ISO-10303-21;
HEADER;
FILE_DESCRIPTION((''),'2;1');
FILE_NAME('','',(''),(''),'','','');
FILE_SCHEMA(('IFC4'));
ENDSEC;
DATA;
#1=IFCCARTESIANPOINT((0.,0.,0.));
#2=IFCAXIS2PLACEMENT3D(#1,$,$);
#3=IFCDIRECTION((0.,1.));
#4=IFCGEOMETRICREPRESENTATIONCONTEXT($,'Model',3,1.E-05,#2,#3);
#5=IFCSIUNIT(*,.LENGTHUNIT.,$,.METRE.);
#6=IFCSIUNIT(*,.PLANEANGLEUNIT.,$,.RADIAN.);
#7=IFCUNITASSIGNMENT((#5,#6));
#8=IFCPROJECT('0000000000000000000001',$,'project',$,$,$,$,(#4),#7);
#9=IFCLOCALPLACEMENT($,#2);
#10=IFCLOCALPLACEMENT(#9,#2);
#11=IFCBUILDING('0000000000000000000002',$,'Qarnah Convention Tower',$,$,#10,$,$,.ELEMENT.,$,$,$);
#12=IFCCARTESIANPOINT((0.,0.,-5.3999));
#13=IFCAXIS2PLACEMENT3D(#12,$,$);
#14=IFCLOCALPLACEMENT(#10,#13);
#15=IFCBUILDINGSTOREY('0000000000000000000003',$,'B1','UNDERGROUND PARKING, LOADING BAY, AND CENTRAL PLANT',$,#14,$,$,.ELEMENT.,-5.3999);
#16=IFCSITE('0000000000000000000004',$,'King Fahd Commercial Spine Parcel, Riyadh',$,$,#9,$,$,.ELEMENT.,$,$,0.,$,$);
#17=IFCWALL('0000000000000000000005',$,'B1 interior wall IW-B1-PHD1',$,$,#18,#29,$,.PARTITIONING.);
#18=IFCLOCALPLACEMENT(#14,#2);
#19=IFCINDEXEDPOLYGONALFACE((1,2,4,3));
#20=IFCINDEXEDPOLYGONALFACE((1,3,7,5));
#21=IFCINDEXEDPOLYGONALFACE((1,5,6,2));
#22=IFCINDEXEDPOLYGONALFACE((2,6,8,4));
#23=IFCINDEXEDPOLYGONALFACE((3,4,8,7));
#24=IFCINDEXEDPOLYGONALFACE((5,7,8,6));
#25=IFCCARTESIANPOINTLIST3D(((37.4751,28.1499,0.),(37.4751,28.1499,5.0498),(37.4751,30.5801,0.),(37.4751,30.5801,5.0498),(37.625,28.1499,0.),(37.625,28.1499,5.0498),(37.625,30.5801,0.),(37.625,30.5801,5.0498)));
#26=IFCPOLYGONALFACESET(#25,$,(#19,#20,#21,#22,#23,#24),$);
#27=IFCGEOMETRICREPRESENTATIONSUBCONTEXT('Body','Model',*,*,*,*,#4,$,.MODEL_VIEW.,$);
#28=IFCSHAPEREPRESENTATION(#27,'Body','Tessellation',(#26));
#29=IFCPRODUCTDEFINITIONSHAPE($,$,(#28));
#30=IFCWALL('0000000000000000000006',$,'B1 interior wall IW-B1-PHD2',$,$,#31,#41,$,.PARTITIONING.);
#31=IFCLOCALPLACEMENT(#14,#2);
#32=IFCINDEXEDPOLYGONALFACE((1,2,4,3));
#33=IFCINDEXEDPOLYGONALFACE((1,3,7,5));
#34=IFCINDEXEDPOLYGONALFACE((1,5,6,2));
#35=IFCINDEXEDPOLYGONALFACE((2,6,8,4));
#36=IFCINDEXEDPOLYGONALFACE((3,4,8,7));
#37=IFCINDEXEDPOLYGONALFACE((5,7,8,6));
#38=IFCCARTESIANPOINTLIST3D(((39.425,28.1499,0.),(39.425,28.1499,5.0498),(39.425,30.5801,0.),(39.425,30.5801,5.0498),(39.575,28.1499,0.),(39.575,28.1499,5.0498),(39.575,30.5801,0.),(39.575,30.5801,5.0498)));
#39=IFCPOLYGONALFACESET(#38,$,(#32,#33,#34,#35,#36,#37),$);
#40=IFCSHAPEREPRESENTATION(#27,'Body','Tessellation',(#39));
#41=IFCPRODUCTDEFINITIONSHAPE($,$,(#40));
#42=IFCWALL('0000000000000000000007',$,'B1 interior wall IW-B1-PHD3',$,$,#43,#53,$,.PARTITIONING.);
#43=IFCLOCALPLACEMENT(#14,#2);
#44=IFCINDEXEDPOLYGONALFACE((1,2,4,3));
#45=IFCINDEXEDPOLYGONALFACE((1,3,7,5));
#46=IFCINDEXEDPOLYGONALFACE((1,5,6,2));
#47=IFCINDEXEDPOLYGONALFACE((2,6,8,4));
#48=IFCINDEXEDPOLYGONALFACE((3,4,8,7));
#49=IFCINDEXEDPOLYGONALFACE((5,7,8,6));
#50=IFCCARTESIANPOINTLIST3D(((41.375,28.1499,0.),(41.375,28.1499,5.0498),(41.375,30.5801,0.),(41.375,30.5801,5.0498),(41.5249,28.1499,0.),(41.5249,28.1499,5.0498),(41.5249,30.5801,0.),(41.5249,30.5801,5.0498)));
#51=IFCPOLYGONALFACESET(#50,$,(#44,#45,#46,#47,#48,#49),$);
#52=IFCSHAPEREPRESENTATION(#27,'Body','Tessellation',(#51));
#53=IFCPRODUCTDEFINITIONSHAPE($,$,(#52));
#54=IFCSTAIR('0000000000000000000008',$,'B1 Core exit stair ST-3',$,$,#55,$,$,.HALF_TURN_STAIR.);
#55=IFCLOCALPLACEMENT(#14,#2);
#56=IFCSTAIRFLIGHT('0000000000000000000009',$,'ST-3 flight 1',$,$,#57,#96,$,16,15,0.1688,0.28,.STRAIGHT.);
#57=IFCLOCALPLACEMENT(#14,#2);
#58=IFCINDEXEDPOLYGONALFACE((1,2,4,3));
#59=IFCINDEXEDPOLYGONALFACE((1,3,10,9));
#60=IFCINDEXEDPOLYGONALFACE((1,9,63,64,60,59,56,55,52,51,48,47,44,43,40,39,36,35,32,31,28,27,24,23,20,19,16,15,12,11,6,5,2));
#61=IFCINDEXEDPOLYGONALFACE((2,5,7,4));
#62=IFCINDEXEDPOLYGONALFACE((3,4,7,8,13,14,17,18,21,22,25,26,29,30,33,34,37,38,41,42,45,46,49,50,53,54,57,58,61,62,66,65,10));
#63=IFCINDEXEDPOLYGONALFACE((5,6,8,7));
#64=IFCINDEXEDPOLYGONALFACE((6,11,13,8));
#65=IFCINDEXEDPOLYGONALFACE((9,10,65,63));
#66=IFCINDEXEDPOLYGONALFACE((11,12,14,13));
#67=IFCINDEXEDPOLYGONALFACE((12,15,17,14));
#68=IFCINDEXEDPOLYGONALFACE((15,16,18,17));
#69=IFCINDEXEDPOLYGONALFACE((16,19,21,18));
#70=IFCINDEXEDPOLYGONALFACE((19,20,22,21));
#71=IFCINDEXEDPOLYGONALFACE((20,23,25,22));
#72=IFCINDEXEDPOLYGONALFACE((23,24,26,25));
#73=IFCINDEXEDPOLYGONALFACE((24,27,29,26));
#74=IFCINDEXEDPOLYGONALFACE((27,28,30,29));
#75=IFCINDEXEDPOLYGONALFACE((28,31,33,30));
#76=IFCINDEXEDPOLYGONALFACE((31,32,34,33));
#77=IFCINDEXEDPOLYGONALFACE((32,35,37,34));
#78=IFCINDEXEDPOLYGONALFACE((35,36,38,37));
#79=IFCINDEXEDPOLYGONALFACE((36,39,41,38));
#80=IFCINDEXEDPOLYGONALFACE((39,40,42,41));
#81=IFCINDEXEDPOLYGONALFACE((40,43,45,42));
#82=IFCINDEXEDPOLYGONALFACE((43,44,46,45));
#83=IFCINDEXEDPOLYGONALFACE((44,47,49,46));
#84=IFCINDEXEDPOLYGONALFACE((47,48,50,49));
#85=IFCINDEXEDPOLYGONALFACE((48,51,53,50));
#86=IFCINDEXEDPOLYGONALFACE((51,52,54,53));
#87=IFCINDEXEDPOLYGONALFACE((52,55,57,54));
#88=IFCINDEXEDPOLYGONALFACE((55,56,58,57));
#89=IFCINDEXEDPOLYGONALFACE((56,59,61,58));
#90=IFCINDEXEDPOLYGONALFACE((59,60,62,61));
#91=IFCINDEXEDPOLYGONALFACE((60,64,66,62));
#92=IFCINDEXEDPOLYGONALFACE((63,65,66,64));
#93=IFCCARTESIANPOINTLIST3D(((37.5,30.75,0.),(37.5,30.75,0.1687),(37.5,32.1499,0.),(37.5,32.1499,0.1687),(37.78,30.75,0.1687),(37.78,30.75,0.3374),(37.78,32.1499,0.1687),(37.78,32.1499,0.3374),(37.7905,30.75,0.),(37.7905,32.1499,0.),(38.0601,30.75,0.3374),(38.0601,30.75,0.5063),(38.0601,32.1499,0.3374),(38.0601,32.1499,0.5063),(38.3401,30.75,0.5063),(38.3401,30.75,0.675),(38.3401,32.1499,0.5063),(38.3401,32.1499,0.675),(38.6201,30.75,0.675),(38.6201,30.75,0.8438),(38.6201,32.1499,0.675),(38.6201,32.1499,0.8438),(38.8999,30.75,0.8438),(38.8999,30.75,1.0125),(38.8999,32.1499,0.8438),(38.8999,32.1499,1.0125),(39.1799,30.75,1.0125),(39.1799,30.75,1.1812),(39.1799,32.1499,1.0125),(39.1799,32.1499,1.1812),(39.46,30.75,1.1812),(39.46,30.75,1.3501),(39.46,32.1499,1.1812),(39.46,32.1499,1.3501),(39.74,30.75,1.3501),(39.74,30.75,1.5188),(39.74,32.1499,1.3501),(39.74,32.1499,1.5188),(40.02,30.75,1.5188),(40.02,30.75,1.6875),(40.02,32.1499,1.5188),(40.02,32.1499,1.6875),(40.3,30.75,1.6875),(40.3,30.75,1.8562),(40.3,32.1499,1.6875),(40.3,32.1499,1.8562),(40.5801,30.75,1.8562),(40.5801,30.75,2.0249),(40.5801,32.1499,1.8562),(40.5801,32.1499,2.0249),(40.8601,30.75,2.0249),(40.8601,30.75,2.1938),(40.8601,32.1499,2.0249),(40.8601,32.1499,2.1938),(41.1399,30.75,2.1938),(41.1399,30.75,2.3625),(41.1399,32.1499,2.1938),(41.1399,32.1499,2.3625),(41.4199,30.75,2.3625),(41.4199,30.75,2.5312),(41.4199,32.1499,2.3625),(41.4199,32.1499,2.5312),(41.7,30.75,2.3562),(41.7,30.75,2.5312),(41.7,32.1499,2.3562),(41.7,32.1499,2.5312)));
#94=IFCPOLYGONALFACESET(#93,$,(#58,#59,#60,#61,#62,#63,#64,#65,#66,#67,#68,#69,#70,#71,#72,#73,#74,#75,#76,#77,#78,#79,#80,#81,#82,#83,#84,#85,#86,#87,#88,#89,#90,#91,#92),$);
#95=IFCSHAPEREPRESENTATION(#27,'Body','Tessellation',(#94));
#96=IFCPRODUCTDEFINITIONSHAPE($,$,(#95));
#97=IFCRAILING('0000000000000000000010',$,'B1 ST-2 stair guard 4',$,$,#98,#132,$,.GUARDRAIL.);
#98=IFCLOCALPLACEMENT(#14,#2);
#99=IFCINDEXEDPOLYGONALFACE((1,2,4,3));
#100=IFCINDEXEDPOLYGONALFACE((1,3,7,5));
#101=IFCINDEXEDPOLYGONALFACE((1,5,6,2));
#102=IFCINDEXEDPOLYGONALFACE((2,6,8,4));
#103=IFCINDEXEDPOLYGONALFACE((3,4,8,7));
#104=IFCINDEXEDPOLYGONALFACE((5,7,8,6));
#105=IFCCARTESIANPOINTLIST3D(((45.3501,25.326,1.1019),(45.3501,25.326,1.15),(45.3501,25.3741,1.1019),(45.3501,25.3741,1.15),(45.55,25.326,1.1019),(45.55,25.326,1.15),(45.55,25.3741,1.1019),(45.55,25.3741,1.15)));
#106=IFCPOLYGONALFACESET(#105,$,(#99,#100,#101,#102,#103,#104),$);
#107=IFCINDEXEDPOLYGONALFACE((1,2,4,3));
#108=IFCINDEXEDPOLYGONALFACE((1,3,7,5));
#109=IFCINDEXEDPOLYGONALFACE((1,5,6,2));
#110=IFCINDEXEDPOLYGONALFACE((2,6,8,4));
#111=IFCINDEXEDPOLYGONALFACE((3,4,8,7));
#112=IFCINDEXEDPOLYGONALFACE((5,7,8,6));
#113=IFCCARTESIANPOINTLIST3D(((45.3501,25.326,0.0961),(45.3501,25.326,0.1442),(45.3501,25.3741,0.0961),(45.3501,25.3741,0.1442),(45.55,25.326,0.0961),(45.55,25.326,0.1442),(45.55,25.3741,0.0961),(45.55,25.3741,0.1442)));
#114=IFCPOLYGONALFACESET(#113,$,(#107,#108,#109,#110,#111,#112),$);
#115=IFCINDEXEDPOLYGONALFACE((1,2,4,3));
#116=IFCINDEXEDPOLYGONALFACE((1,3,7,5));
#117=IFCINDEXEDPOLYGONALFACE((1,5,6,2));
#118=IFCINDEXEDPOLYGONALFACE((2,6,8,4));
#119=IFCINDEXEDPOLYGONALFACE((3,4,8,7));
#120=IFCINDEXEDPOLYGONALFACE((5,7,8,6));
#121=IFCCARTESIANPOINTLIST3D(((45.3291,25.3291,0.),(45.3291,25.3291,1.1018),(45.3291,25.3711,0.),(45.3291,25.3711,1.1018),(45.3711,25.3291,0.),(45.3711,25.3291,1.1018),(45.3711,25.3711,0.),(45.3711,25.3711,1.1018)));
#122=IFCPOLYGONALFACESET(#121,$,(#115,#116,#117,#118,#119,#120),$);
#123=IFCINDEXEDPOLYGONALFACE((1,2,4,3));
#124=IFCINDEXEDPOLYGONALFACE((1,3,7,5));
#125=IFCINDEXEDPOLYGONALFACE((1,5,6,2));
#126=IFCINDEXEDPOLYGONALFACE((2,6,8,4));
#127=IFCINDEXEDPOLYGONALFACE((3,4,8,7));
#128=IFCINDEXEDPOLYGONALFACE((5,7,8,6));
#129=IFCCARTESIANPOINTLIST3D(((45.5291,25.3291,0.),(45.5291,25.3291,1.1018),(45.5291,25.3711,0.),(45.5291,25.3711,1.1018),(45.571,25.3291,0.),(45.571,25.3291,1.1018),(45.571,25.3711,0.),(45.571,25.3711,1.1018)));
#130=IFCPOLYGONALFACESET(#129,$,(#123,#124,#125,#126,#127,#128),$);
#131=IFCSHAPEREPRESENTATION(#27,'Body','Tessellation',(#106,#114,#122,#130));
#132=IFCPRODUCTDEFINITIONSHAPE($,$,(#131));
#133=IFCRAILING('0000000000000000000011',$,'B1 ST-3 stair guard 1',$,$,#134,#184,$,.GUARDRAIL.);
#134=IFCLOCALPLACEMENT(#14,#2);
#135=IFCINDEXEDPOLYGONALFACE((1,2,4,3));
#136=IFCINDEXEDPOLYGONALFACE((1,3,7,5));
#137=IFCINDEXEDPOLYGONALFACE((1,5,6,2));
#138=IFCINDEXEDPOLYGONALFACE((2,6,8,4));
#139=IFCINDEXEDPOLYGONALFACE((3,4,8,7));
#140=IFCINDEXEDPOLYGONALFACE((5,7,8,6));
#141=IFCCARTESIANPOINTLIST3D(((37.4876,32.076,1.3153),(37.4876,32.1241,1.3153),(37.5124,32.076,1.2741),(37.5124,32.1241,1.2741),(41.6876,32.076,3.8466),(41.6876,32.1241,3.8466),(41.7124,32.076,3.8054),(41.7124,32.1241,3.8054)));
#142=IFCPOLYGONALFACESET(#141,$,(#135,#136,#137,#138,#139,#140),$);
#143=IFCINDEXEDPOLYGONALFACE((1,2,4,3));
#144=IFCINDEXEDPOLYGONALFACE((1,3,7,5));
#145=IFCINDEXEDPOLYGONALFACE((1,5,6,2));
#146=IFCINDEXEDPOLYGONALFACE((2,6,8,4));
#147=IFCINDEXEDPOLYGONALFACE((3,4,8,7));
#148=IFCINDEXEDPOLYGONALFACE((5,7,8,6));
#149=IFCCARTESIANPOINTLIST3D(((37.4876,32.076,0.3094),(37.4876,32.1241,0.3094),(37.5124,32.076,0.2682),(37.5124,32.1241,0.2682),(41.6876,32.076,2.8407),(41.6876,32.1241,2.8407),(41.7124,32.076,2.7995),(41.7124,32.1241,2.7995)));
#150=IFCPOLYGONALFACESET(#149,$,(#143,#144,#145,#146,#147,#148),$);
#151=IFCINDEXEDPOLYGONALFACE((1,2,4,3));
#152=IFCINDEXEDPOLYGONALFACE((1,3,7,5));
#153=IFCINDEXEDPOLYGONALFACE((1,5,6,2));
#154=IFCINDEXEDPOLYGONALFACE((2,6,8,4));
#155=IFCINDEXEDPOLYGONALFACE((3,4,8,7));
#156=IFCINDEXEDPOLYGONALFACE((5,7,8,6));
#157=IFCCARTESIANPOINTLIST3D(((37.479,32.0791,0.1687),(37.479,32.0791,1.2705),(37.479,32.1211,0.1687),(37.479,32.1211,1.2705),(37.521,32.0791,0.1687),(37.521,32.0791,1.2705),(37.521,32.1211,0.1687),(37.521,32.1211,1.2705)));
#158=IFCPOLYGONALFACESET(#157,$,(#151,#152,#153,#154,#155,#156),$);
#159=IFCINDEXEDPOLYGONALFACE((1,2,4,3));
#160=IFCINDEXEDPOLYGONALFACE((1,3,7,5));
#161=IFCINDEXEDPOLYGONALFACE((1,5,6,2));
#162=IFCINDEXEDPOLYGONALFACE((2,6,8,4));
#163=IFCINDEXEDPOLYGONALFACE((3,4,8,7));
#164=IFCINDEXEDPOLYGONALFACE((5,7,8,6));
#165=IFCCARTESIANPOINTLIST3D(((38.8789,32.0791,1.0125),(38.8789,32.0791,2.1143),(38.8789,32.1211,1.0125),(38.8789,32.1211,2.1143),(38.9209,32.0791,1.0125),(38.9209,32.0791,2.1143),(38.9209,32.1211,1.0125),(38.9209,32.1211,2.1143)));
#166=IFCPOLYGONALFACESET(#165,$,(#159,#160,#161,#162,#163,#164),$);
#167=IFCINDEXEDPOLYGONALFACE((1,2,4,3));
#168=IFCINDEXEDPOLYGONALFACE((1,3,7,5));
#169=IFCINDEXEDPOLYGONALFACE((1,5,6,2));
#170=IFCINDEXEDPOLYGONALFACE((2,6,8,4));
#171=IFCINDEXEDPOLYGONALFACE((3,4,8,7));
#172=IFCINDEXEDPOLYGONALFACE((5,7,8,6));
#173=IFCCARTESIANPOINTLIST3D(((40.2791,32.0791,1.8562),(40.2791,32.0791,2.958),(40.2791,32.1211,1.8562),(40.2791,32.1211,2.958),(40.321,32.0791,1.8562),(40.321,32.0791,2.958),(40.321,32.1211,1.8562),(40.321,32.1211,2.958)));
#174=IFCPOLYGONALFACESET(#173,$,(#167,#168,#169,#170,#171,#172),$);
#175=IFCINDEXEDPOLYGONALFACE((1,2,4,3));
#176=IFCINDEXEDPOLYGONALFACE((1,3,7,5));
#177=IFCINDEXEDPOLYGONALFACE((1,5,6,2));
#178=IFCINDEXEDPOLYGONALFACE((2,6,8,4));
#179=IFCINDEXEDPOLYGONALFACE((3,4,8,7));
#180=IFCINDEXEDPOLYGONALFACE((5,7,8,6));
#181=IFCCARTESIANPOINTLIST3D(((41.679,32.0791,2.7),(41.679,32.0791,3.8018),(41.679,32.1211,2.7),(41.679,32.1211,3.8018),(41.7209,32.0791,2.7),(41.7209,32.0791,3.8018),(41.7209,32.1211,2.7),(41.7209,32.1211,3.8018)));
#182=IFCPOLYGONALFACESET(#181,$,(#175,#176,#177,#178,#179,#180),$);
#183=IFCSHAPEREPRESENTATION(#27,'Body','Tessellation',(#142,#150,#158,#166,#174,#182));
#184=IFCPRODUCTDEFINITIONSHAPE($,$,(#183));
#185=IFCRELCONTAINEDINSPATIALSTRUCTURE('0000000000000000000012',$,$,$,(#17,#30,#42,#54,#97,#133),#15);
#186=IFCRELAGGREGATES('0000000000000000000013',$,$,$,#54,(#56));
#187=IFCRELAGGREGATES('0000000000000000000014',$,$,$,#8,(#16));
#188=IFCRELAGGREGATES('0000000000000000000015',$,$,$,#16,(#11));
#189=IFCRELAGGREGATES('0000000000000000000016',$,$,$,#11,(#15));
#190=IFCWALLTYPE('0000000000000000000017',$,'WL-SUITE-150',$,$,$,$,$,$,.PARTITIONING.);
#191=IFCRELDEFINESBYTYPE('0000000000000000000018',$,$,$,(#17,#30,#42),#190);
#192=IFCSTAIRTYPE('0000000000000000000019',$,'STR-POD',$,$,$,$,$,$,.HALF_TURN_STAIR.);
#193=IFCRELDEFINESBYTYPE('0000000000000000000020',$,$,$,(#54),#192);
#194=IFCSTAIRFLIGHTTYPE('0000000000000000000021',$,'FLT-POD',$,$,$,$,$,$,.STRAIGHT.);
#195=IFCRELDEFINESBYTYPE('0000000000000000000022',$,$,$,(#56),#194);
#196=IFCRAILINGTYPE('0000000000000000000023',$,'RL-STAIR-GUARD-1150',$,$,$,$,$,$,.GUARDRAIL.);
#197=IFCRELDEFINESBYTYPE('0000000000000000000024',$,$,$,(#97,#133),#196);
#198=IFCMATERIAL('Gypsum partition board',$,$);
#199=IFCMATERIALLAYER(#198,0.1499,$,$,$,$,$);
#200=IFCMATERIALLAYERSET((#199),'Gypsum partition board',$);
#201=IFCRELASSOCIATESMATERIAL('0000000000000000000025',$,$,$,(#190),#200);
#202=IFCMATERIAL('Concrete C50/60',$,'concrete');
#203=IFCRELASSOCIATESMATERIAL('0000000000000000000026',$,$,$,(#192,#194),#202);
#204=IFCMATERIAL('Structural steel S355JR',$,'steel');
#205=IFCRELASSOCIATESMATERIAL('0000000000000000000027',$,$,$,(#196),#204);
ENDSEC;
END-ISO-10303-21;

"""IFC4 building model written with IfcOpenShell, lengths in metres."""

from ifc_helpers import new_model, si_unit, direction, frame, frame_2d, origin, origin_2d, place, context, subcontext, project, spatial, polyline, rectangle, outline, extrude, material, layer, layer_set, type_object, element, aggregate, save


model = new_model("IFC4")

# Units and contexts
model_context = context("Model", 3, precision=1e-05, world=origin(), true_north=direction((0.0, 1.0)))
body_context = subcontext(model_context, "Body", "Model", "MODEL_VIEW")
ifc_project = project(units=[si_unit("LENGTHUNIT", "METRE"), si_unit("PLANEANGLEUNIT", "RADIAN")], contexts=[model_context])

# Site, building, storey
site_placement = place(None, origin())
site = spatial("IfcSite", under=ifc_project, at=site_placement, Name="King Fahd Commercial Spine Parcel, Riyadh", CompositionType="ELEMENT", RefElevation=0.0)
building_placement = place(site_placement, origin())
building = spatial("IfcBuilding", under=site, at=building_placement, Name="Qarnah Convention Tower", CompositionType="ELEMENT")
storey_placement = place(building_placement, frame((0.0, 0.0, -5.3999)))
storey = spatial("IfcBuildingStorey", under=building, at=storey_placement, Name="B1", Description="UNDERGROUND PARKING, LOADING BAY, AND CENTRAL PLANT", CompositionType="ELEMENT", Elevation=-5.3999)

# Shared definitions
ifc_material_1 = material(Name="Concrete C50/60", Category="concrete")

# Shared definitions
ifc_material_2 = material(Name="Structural steel S355JR", Category="steel")

# Walls
ifc_material_3 = material(Name="Gypsum partition board")
ifc_layer_1 = layer(ifc_material_3, 0.1499)
ifc_layer_set_1 = layer_set([ifc_layer_1], Name="Gypsum partition board")
wall_type_1 = type_object("IfcWallType", Name="WL-SUITE-150", PredefinedType="PARTITIONING", material=ifc_layer_set_1)
for number, where, z_axis, x_axis, name in (
    (1, (37.55, 28.1499, 0.0), (0.0, 0.0, 1.0), (0.0, 1.0, 0.0), "B1 interior wall IW-B1-PHD1"),
    (2, (39.5, 28.1499, 0.0), (0.0, 0.0, 1.0), (0.0, 1.0, 0.0), "B1 interior wall IW-B1-PHD2"),
    (3, (41.45, 28.1499, 0.0), (0.0, 0.0, 1.0), (0.0, 1.0, 0.0), "B1 interior wall IW-B1-PHD3"),
):
    element("IfcWall", number, at=place(storey_placement, frame(where, z_axis=z_axis, x_axis=x_axis)), inside=storey, type_object=wall_type_1, Name=name, PredefinedType="PARTITIONING", context=body_context, shape_type="SweptSolid", body=[
        extrude(rectangle(XDim=2.4302, YDim=0.1499, at=frame_2d((1.2151, 0.0))), origin(), (0.0, 0.0, 1.0), 5.0498),
    ])

# Stair, stair flight
stair_type = type_object("IfcStairType", Name="STR-POD", PredefinedType="HALF_TURN_STAIR", material=ifc_material_1)
stair_placement = place(storey_placement, origin())
stair = element("IfcStair", 4, at=stair_placement, inside=storey, type_object=stair_type, Name="B1 Core exit stair ST-3", PredefinedType="HALF_TURN_STAIR")
stair_flight_type = type_object("IfcStairFlightType", Name="FLT-POD", PredefinedType="STRAIGHT", material=ifc_material_1)
stair_flight_placement = place(storey_placement, frame((37.5, 31.45, 0.0), z_axis=(0.0, 0.0, 1.0), x_axis=(1.0, 0.0, 0.0)))
stair_flight = element("IfcStairFlight", 5, at=stair_flight_placement, type_object=stair_flight_type, Name="ST-3 flight 1", NumberOfRisers=16, NumberOfTreads=15, PredefinedType="STRAIGHT", RiserHeight=0.1688, TreadLength=0.28, context=body_context, shape_type="SweptSolid", body=[
    extrude(outline(polyline([(0.0, 0.0), (0.0, 0.1687), (0.28, 0.1687), (0.28, 0.3374), (0.5601, 0.3374), (0.5601, 0.5063), (0.8401, 0.5063), (0.8401, 0.675), (1.1201, 0.675), (1.1201, 0.8438), (1.3999, 0.8438), (1.3999, 1.0125), (1.6799, 1.0125), (1.6799, 1.1812), (1.96, 1.1812), (1.96, 1.3501), (2.24, 1.3501), (2.24, 1.5188), (2.52, 1.5188), (2.52, 1.6875), (2.8, 1.6875), (2.8, 1.8562), (3.0801, 1.8562), (3.0801, 2.0249), (3.3601, 2.0249), (3.3601, 2.1938), (3.6399, 2.1938), (3.6399, 2.3625), (3.9199, 2.3625), (3.9199, 2.5312), (4.2, 2.5312), (4.2, 2.7), (4.2, 2.3562), (0.2905, 0.0), (0.0, 0.0)])), frame((0.0, 0.7, 0.0), z_axis=(0.0, -1.0, 0.0), x_axis=(1.0, 0.0, 0.0)), (0.0, 0.0, 1.0), 1.3999),
])
aggregate(stair, [stair_flight])

# Railings
railing_type_1 = type_object("IfcRailingType", Name="RL-STAIR-GUARD-1150", PredefinedType="GUARDRAIL", material=ifc_material_2)
railing_1_placement = place(storey_placement, frame((45.3501, 25.3501, 0.0)))
element("IfcRailing", 6, at=railing_1_placement, inside=storey, type_object=railing_type_1, Name="B1 ST-2 stair guard 4", PredefinedType="GUARDRAIL", context=body_context, shape_type="SweptSolid", body=[
    extrude(rectangle(XDim=0.0481, YDim=0.0481, at=origin_2d()), frame((0.0, 0.0, 1.126), z_axis=(1.0, 0.0, 0.0), x_axis=(0.0, 1.0, 0.0)), (0.0, 0.0, 1.0), 0.2),
    extrude(rectangle(XDim=0.0481, YDim=0.0481, at=origin_2d()), frame((0.0, 0.0, 0.1201), z_axis=(1.0, 0.0, 0.0), x_axis=(0.0, 1.0, 0.0)), (0.0, 0.0, 1.0), 0.2),
    extrude(rectangle(XDim=0.042, YDim=0.042, at=origin_2d()), origin(), (0.0, 0.0, 1.0), 1.1018),
    extrude(rectangle(XDim=0.042, YDim=0.042, at=origin_2d()), frame((0.2, 0.0, 0.0)), (0.0, 0.0, 1.0), 1.1018),
])
railing_2_placement = place(storey_placement, frame((37.5, 32.1001, 0.1687)))
element("IfcRailing", 7, at=railing_2_placement, inside=storey, type_object=railing_type_1, Name="B1 ST-3 stair guard 1", PredefinedType="GUARDRAIL", context=body_context, shape_type="SweptSolid", body=[
    extrude(rectangle(XDim=0.0481, YDim=0.0481, at=origin_2d()), frame((0.0, 0.0, 1.126), z_axis=(0.856476, 0.0, 0.516186), x_axis=(0.0, 1.0, 0.0)), (0.0, 0.0, 1.0), 4.9038),
    extrude(rectangle(XDim=0.0481, YDim=0.0481, at=origin_2d()), frame((0.0, 0.0, 0.1201), z_axis=(0.856476, 0.0, 0.516186), x_axis=(0.0, 1.0, 0.0)), (0.0, 0.0, 1.0), 4.9038),
    extrude(rectangle(XDim=0.042, YDim=0.042, at=origin_2d()), origin(), (0.0, 0.0, 1.0), 1.1018),
    extrude(rectangle(XDim=0.042, YDim=0.042, at=origin_2d()), frame((1.3999, 0.0, 0.8438)), (0.0, 0.0, 1.0), 1.1018),
    extrude(rectangle(XDim=0.042, YDim=0.042, at=origin_2d()), frame((2.8, 0.0, 1.6875)), (0.0, 0.0, 1.0), 1.1018),
    extrude(rectangle(XDim=0.042, YDim=0.042, at=origin_2d()), frame((4.2, 0.0, 2.5312)), (0.0, 0.0, 1.0), 1.1018),
])

save(model, "model.ifc")
